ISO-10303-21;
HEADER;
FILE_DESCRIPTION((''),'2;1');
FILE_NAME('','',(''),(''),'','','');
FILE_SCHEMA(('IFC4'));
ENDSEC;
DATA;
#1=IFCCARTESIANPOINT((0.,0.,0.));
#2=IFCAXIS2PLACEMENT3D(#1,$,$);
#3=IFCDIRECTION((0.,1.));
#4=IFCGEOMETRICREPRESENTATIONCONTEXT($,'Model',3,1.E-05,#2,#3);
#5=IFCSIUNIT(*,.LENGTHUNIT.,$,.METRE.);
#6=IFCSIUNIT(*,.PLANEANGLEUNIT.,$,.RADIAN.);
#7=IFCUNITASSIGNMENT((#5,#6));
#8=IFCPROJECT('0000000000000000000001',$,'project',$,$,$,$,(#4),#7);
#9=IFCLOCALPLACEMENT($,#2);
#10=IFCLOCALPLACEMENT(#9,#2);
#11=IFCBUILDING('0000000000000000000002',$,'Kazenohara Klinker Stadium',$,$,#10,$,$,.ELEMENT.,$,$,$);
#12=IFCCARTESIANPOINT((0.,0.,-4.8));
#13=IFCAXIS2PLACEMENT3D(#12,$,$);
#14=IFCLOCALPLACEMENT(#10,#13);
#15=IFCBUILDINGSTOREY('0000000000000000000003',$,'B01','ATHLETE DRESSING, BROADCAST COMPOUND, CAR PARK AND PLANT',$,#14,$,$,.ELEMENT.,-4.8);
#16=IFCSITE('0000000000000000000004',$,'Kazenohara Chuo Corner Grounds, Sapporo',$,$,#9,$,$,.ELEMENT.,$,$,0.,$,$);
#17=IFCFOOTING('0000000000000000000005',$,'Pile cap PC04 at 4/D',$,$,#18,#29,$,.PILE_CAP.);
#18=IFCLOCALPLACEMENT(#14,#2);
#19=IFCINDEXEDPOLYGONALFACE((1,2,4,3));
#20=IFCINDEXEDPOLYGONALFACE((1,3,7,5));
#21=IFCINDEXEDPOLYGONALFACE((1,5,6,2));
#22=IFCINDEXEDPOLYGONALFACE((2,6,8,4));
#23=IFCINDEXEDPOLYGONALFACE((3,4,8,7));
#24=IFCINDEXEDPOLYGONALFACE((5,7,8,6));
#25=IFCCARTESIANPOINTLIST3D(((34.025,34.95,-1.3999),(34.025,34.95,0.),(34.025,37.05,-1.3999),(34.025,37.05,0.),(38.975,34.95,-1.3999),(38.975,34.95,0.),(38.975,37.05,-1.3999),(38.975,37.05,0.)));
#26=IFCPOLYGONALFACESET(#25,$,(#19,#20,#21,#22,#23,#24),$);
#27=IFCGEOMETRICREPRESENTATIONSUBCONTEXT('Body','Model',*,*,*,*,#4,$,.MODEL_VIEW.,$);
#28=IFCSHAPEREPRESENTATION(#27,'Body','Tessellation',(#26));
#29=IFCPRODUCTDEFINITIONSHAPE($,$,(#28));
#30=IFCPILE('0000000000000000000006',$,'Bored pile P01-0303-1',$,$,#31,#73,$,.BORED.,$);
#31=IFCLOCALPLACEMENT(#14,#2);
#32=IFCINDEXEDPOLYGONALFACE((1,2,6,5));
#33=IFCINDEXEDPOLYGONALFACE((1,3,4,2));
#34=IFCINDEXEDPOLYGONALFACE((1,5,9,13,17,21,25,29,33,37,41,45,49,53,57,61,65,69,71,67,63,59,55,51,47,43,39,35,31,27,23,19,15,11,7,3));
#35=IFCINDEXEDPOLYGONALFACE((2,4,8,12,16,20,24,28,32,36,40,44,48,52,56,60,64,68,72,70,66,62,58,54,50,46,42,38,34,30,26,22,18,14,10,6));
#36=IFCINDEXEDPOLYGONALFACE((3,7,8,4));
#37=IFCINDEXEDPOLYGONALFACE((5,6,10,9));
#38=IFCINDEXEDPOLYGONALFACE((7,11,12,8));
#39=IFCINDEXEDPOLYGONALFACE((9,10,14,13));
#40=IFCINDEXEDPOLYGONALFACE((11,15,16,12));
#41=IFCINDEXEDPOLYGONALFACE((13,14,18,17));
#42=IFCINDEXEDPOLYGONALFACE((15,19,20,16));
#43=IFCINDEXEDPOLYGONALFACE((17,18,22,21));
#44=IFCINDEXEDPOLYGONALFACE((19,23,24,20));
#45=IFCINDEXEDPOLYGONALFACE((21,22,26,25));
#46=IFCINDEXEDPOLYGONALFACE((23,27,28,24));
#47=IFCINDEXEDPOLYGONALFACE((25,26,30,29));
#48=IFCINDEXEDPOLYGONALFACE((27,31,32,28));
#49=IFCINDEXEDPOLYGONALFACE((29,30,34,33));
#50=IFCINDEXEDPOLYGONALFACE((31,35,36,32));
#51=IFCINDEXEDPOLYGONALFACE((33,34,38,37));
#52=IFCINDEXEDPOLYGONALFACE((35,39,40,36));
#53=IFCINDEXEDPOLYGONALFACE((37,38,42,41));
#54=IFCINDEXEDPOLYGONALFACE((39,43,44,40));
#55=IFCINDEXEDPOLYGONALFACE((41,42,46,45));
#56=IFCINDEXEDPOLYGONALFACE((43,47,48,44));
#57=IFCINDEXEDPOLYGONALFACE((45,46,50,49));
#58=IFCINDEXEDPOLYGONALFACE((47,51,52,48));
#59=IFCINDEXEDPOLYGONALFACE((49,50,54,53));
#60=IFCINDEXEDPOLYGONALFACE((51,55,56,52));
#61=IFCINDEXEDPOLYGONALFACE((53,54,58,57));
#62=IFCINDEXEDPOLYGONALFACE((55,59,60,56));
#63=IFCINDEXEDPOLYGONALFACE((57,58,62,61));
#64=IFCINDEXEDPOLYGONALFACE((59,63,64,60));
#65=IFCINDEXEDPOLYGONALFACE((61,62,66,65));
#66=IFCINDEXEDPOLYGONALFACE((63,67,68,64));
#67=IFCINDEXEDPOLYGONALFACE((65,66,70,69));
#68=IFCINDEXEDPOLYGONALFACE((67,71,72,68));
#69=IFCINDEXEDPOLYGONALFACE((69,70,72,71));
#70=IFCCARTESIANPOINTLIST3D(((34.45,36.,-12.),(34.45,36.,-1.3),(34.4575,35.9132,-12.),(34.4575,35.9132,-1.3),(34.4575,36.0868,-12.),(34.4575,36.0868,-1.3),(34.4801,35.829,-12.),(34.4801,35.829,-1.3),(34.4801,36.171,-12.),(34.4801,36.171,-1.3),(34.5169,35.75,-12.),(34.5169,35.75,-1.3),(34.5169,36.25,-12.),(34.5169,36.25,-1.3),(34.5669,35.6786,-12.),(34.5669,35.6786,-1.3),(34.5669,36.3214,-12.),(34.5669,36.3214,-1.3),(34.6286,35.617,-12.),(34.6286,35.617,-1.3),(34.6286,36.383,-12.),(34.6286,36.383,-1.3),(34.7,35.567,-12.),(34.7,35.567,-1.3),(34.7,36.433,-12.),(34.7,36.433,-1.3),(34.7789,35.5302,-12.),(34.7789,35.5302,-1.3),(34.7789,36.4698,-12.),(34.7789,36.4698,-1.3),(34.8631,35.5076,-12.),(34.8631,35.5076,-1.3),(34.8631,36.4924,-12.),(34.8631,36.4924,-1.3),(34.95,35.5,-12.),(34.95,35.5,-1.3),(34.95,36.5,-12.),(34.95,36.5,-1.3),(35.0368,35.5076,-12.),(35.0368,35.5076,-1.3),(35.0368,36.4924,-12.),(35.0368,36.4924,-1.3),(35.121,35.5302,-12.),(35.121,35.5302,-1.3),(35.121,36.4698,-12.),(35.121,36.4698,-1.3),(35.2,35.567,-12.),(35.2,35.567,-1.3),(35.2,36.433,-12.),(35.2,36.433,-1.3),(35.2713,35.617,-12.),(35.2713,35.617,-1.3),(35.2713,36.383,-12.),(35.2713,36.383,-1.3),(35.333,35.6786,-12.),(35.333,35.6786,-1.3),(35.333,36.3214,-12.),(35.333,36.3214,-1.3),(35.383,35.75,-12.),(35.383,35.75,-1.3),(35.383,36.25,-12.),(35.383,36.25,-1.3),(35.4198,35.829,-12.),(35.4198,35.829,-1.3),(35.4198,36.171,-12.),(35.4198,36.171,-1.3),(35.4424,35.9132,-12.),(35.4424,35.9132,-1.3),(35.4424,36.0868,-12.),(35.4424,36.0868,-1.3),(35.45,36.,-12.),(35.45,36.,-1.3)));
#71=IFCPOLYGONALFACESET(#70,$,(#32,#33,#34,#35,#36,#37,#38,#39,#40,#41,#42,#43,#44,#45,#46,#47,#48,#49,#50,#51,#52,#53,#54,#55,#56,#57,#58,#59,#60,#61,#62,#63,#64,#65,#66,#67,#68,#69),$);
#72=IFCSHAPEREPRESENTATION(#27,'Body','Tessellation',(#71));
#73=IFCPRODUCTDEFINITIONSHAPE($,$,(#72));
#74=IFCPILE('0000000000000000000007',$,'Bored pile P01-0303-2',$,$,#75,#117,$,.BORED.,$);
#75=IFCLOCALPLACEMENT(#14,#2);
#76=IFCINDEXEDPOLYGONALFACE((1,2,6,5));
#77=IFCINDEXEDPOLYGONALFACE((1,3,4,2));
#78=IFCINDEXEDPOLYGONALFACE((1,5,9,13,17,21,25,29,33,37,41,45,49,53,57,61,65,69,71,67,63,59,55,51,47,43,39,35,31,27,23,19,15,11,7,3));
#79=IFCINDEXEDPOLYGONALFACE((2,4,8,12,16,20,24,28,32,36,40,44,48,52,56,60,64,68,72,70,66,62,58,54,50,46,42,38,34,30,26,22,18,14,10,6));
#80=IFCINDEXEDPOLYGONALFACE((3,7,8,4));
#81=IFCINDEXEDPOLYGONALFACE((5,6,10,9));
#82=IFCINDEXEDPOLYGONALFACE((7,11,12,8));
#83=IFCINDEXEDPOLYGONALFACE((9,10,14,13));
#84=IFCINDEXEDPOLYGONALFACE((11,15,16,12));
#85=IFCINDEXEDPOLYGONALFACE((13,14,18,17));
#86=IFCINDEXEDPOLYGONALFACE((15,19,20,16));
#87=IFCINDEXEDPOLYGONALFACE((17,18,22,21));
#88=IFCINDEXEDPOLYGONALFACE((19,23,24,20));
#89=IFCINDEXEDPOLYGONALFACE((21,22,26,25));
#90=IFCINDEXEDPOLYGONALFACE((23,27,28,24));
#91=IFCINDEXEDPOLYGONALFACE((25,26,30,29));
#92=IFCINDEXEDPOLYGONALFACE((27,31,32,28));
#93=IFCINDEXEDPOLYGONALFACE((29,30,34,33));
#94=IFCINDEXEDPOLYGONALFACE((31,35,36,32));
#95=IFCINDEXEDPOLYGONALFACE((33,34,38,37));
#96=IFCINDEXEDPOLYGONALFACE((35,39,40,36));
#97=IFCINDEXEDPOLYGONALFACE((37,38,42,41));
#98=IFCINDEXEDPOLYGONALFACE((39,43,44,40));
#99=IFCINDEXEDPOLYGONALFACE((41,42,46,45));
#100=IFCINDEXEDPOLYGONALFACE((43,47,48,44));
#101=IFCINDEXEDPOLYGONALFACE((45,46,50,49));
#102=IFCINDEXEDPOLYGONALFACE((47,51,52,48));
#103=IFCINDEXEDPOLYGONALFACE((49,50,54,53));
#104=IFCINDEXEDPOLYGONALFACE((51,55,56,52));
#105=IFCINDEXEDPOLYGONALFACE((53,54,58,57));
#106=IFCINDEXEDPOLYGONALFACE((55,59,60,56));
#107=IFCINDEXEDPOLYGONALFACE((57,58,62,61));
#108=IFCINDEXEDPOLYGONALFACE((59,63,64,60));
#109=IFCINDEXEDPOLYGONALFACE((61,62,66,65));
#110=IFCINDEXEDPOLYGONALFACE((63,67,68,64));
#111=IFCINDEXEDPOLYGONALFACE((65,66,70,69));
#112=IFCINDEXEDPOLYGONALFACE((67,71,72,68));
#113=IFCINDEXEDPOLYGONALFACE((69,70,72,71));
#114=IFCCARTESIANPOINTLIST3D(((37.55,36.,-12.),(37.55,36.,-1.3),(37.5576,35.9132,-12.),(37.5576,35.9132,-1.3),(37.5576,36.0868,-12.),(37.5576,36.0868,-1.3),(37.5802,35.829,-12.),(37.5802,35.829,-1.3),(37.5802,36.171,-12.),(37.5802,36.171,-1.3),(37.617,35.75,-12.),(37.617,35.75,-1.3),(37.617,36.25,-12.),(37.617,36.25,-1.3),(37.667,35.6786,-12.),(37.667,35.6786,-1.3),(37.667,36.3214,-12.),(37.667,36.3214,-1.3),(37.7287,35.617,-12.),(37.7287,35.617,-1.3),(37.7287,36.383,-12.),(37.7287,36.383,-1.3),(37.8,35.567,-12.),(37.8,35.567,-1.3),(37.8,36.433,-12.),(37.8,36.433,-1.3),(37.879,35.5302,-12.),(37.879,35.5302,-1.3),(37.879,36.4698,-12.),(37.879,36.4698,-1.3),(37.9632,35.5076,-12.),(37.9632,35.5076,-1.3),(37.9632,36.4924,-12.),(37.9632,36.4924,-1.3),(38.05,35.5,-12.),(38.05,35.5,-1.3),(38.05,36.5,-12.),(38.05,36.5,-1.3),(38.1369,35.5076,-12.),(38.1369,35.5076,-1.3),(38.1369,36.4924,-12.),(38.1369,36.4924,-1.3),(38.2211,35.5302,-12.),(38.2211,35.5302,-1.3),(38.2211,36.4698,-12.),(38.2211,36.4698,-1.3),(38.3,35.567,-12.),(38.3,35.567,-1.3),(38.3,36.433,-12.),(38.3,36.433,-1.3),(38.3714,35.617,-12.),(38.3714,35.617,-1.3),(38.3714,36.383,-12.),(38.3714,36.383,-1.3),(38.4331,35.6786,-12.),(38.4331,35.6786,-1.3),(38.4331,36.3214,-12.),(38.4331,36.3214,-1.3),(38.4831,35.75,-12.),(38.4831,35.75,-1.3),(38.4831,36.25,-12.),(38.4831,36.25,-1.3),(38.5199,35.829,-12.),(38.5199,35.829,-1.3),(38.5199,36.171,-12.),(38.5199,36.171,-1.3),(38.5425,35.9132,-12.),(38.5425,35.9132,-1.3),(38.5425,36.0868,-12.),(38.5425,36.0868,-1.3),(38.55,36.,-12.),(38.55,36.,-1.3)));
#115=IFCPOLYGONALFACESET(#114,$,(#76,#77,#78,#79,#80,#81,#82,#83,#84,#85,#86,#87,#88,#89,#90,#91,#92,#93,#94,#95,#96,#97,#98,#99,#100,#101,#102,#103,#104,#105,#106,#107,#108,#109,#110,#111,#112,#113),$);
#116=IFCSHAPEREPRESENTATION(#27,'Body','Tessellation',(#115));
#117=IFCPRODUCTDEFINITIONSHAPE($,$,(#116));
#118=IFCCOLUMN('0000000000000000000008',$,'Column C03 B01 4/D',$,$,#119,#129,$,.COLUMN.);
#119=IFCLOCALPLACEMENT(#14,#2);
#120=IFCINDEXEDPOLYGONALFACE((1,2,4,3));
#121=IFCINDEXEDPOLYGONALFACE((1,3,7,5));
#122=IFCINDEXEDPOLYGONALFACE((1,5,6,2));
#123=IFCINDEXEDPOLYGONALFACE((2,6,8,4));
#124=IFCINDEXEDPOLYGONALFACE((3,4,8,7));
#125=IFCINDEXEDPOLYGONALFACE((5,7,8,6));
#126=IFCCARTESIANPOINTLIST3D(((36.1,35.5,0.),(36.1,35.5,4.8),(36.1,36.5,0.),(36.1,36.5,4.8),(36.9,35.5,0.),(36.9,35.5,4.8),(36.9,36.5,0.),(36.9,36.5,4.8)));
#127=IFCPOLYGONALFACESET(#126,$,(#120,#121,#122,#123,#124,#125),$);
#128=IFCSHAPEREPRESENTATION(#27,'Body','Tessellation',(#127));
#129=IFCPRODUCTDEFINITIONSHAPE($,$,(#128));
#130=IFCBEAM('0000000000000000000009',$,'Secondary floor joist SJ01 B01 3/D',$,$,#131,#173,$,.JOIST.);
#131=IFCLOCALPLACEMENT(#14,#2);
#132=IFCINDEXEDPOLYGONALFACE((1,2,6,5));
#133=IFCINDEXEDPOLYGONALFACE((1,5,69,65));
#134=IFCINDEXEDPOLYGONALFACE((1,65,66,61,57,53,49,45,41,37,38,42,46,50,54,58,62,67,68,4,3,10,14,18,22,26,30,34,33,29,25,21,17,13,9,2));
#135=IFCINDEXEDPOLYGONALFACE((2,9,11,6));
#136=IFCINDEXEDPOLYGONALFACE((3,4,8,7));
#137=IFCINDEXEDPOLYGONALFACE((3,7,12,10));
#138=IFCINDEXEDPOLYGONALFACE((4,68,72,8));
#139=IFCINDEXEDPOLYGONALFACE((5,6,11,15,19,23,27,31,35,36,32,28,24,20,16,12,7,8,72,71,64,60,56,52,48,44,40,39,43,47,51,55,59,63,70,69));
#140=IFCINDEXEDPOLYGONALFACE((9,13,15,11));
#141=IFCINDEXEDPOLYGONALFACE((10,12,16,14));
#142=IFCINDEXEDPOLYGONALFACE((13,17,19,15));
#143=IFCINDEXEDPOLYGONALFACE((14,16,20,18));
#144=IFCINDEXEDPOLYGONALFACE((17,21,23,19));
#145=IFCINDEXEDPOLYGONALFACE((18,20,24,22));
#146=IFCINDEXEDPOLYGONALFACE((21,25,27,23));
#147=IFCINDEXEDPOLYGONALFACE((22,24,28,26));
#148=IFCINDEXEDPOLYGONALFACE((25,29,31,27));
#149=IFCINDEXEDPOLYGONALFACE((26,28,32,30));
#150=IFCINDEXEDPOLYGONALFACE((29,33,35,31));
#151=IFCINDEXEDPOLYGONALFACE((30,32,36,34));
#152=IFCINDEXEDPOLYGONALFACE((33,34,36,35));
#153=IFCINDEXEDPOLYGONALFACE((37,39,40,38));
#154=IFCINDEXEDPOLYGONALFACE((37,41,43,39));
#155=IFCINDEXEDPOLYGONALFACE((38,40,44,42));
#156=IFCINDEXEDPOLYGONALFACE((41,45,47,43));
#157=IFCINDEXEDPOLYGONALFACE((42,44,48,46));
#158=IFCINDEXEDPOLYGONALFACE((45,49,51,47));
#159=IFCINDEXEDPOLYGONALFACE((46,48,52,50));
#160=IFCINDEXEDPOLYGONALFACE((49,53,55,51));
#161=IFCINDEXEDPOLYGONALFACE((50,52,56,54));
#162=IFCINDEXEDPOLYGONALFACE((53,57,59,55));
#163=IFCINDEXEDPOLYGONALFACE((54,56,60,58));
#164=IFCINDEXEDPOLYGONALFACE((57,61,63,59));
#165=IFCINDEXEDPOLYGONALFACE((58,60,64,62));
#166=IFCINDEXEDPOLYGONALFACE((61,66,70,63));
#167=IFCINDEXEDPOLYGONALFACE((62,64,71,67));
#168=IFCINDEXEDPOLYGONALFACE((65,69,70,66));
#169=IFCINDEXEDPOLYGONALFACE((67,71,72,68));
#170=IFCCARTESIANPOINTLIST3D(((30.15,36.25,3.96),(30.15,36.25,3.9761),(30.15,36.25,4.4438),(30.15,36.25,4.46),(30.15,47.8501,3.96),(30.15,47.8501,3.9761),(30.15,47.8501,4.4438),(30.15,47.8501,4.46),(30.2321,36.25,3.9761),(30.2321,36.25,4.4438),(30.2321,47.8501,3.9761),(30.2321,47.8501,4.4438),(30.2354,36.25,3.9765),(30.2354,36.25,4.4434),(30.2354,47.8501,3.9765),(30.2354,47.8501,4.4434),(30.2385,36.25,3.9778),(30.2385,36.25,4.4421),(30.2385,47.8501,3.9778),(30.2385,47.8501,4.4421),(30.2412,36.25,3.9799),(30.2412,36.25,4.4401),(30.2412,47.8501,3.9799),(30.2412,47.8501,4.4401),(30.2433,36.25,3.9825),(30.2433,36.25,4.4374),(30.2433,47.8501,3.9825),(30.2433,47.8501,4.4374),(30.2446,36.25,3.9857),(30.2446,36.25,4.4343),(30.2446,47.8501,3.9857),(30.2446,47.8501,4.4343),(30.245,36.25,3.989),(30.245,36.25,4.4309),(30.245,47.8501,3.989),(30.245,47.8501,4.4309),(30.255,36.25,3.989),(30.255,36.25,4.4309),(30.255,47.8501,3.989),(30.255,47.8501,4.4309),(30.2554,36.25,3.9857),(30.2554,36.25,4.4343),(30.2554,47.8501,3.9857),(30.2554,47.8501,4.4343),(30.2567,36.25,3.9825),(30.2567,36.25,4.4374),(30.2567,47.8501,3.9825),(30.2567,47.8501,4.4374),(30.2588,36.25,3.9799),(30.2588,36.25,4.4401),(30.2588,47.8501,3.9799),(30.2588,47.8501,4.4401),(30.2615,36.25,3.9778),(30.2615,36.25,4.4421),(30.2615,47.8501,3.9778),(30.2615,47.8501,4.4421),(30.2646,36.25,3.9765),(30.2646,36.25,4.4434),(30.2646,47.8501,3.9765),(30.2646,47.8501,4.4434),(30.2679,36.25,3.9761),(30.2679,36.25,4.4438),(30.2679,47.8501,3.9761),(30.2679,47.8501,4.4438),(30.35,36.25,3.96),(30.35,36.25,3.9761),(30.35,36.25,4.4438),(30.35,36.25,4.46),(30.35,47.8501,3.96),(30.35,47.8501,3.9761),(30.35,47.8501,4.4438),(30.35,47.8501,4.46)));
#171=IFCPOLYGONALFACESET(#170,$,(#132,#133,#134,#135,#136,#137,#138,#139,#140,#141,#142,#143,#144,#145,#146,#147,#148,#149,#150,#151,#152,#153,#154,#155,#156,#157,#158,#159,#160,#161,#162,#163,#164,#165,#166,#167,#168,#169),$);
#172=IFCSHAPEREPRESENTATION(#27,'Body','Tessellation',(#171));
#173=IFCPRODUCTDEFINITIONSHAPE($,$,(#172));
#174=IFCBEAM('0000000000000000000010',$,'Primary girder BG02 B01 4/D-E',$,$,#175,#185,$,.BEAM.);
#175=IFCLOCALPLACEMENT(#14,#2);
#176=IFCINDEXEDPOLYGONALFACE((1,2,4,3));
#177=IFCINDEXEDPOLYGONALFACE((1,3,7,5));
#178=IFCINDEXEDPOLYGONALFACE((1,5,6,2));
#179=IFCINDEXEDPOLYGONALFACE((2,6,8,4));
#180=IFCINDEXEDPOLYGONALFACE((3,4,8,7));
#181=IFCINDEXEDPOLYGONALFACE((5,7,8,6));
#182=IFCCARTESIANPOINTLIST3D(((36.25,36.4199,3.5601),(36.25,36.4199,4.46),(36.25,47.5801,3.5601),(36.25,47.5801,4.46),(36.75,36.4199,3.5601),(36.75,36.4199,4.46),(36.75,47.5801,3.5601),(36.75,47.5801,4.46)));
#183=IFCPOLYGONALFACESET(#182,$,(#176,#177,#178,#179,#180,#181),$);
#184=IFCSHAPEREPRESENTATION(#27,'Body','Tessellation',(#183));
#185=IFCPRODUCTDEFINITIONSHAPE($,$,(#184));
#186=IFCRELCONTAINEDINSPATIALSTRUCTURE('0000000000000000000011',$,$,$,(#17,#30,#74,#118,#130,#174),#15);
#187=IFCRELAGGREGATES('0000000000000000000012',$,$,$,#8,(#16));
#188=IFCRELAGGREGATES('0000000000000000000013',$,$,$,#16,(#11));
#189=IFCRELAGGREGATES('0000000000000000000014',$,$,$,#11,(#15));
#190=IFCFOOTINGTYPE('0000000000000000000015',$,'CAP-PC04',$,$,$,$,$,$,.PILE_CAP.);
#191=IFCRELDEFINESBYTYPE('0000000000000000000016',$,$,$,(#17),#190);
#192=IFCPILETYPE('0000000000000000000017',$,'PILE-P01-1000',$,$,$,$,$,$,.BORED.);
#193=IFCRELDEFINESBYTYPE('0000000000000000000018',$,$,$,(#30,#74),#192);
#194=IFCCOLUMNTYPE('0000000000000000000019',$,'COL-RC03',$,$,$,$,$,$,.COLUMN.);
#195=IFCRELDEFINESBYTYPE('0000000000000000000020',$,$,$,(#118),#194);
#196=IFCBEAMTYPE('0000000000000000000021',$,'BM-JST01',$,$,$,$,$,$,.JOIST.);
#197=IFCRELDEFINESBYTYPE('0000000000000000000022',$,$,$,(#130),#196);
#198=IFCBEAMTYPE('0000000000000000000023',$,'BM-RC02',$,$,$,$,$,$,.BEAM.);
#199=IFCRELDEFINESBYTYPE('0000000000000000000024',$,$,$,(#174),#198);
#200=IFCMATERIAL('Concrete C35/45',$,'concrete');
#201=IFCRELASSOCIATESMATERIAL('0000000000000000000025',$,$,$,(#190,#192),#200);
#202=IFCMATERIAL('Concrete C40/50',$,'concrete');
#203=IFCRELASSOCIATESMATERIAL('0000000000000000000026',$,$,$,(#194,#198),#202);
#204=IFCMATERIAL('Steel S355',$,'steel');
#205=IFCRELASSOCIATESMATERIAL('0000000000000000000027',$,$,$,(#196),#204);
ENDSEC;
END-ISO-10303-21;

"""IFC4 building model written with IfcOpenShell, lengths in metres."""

from ifc_helpers import new_model, si_unit, direction, frame, origin, origin_2d, place, context, subcontext, project, spatial, rectangle, circle, i_section, extrude, material, material_profile, profile_set, type_object, element, save


model = new_model("IFC4")

# Units and contexts
model_context = context("Model", 3, precision=1e-05, world=origin(), true_north=direction((0.0, 1.0)))
body_context = subcontext(model_context, "Body", "Model", "MODEL_VIEW")
ifc_project = project(units=[si_unit("LENGTHUNIT", "METRE"), si_unit("PLANEANGLEUNIT", "RADIAN")], contexts=[model_context])

# Site, building, storey
site_placement = place(None, origin())
site = spatial("IfcSite", under=ifc_project, at=site_placement, Name="Kazenohara Chuo Corner Grounds, Sapporo", CompositionType="ELEMENT", RefElevation=0.0)
building_placement = place(site_placement, origin())
building = spatial("IfcBuilding", under=site, at=building_placement, Name="Kazenohara Klinker Stadium", CompositionType="ELEMENT")
storey_placement = place(building_placement, frame((0.0, 0.0, -4.8)))
storey = spatial("IfcBuildingStorey", under=building, at=storey_placement, Name="B01", Description="ATHLETE DRESSING, BROADCAST COMPOUND, CAR PARK AND PLANT", CompositionType="ELEMENT", Elevation=-4.8)

# Footing
ifc_material_1 = material(Name="Concrete C35/45", Category="concrete")
footing_type = type_object("IfcFootingType", Name="CAP-PC04", PredefinedType="PILE_CAP", material=ifc_material_1)
footing_placement = place(storey_placement, frame((36.5, 36.0, -1.3999), z_axis=(0.0, 0.0, 1.0), x_axis=(1.0, 0.0, 0.0)))
element("IfcFooting", 1, at=footing_placement, inside=storey, type_object=footing_type, Name="Pile cap PC04 at 4/D", PredefinedType="PILE_CAP", context=body_context, shape_type="SweptSolid", body=[
    extrude(rectangle(XDim=4.95, YDim=2.1001, at=origin_2d()), origin(), (0.0, 0.0, 1.0), 1.3999),
])

# Piles
ifc_material_profile_1 = material_profile(ifc_material_1, circle(Radius=0.5, at=origin_2d()), Name="BORED-PILE-1000")
ifc_profile_set_1 = profile_set([ifc_material_profile_1], Name="Concrete C35/45")
pile_type = type_object("IfcPileType", Name="PILE-P01-1000", PredefinedType="BORED", material=ifc_profile_set_1)
for number, where, z_axis, x_axis, name in (
    (2, (34.95, 36.0, -1.3), (0.0, 0.0, -1.0), (1.0, 0.0, 0.0), "Bored pile P01-0303-1"),
    (3, (38.05, 36.0, -1.3), (0.0, 0.0, -1.0), (1.0, 0.0, 0.0), "Bored pile P01-0303-2"),
):
    element("IfcPile", number, at=place(storey_placement, frame(where, z_axis=z_axis, x_axis=x_axis)), inside=storey, type_object=pile_type, Name=name, PredefinedType="BORED", context=body_context, shape_type="SweptSolid", body=[
        extrude(circle(Radius=0.5, at=origin_2d()), origin(), (0.0, 0.0, 1.0), 10.7),
    ])

# Column
ifc_material_2 = material(Name="Concrete C40/50", Category="concrete")
ifc_material_profile_2 = material_profile(ifc_material_2, rectangle(XDim=0.8, YDim=1.0, at=origin_2d()), Name="RC-COL-1000x800")
ifc_profile_set_2 = profile_set([ifc_material_profile_2], Name="Concrete C40/50")
column_type = type_object("IfcColumnType", Name="COL-RC03", PredefinedType="COLUMN", material=ifc_profile_set_2)
column_placement = place(storey_placement, frame((36.5, 36.0, 0.0), z_axis=(0.0, 0.0, 1.0), x_axis=(1.0, 0.0, 0.0)))
element("IfcColumn", 4, at=column_placement, inside=storey, type_object=column_type, Name="Column C03 B01 4/D", PredefinedType="COLUMN", context=body_context, shape_type="SweptSolid", body=[
    extrude(rectangle(XDim=0.8, YDim=1.0, at=origin_2d()), origin(), (0.0, 0.0, 1.0), 4.8),
])

# Beams
ifc_material_3 = material(Name="Steel S355", Category="steel")
ifc_material_profile_3 = material_profile(ifc_material_3, i_section(OverallWidth=0.2, OverallDepth=0.5, WebThickness=0.01, FlangeThickness=0.0161, FilletRadius=0.0129, at=origin_2d()), Name="H-500x200x10x16")
ifc_profile_set_3 = profile_set([ifc_material_profile_3], Name="Steel S355")
beam_type_1 = type_object("IfcBeamType", Name="BM-JST01", PredefinedType="JOIST", material=ifc_profile_set_3)
beam_1_placement = place(storey_placement, frame((30.25, 36.25, 4.21), z_axis=(0.0, 1.0, 0.0), x_axis=(-1.0, 0.0, 0.0)))
element("IfcBeam", 5, at=beam_1_placement, inside=storey, type_object=beam_type_1, Name="Secondary floor joist SJ01 B01 3/D", PredefinedType="JOIST", context=body_context, shape_type="SweptSolid", body=[
    extrude(i_section(OverallWidth=0.2, OverallDepth=0.5, WebThickness=0.01, FlangeThickness=0.0161, FilletRadius=0.0129, at=origin_2d()), origin(), (0.0, 0.0, 1.0), 11.6001),
])
ifc_material_profile_4 = material_profile(ifc_material_2, rectangle(XDim=0.5, YDim=0.8999, at=origin_2d()), Name="RC-BM-500x900")
ifc_profile_set_4 = profile_set([ifc_material_profile_4], Name="Concrete C40/50")
beam_type_2 = type_object("IfcBeamType", Name="BM-RC02", PredefinedType="BEAM", material=ifc_profile_set_4)
beam_2_placement = place(storey_placement, frame((36.5, 36.4199, 4.01), z_axis=(0.0, 1.0, 0.0), x_axis=(-1.0, 0.0, 0.0)))
element("IfcBeam", 6, at=beam_2_placement, inside=storey, type_object=beam_type_2, Name="Primary girder BG02 B01 4/D-E", PredefinedType="BEAM", context=body_context, shape_type="SweptSolid", body=[
    extrude(rectangle(XDim=0.5, YDim=0.8999, at=origin_2d()), origin(), (0.0, 0.0, 1.0), 11.1602),
])

save(model, "model.ifc")
